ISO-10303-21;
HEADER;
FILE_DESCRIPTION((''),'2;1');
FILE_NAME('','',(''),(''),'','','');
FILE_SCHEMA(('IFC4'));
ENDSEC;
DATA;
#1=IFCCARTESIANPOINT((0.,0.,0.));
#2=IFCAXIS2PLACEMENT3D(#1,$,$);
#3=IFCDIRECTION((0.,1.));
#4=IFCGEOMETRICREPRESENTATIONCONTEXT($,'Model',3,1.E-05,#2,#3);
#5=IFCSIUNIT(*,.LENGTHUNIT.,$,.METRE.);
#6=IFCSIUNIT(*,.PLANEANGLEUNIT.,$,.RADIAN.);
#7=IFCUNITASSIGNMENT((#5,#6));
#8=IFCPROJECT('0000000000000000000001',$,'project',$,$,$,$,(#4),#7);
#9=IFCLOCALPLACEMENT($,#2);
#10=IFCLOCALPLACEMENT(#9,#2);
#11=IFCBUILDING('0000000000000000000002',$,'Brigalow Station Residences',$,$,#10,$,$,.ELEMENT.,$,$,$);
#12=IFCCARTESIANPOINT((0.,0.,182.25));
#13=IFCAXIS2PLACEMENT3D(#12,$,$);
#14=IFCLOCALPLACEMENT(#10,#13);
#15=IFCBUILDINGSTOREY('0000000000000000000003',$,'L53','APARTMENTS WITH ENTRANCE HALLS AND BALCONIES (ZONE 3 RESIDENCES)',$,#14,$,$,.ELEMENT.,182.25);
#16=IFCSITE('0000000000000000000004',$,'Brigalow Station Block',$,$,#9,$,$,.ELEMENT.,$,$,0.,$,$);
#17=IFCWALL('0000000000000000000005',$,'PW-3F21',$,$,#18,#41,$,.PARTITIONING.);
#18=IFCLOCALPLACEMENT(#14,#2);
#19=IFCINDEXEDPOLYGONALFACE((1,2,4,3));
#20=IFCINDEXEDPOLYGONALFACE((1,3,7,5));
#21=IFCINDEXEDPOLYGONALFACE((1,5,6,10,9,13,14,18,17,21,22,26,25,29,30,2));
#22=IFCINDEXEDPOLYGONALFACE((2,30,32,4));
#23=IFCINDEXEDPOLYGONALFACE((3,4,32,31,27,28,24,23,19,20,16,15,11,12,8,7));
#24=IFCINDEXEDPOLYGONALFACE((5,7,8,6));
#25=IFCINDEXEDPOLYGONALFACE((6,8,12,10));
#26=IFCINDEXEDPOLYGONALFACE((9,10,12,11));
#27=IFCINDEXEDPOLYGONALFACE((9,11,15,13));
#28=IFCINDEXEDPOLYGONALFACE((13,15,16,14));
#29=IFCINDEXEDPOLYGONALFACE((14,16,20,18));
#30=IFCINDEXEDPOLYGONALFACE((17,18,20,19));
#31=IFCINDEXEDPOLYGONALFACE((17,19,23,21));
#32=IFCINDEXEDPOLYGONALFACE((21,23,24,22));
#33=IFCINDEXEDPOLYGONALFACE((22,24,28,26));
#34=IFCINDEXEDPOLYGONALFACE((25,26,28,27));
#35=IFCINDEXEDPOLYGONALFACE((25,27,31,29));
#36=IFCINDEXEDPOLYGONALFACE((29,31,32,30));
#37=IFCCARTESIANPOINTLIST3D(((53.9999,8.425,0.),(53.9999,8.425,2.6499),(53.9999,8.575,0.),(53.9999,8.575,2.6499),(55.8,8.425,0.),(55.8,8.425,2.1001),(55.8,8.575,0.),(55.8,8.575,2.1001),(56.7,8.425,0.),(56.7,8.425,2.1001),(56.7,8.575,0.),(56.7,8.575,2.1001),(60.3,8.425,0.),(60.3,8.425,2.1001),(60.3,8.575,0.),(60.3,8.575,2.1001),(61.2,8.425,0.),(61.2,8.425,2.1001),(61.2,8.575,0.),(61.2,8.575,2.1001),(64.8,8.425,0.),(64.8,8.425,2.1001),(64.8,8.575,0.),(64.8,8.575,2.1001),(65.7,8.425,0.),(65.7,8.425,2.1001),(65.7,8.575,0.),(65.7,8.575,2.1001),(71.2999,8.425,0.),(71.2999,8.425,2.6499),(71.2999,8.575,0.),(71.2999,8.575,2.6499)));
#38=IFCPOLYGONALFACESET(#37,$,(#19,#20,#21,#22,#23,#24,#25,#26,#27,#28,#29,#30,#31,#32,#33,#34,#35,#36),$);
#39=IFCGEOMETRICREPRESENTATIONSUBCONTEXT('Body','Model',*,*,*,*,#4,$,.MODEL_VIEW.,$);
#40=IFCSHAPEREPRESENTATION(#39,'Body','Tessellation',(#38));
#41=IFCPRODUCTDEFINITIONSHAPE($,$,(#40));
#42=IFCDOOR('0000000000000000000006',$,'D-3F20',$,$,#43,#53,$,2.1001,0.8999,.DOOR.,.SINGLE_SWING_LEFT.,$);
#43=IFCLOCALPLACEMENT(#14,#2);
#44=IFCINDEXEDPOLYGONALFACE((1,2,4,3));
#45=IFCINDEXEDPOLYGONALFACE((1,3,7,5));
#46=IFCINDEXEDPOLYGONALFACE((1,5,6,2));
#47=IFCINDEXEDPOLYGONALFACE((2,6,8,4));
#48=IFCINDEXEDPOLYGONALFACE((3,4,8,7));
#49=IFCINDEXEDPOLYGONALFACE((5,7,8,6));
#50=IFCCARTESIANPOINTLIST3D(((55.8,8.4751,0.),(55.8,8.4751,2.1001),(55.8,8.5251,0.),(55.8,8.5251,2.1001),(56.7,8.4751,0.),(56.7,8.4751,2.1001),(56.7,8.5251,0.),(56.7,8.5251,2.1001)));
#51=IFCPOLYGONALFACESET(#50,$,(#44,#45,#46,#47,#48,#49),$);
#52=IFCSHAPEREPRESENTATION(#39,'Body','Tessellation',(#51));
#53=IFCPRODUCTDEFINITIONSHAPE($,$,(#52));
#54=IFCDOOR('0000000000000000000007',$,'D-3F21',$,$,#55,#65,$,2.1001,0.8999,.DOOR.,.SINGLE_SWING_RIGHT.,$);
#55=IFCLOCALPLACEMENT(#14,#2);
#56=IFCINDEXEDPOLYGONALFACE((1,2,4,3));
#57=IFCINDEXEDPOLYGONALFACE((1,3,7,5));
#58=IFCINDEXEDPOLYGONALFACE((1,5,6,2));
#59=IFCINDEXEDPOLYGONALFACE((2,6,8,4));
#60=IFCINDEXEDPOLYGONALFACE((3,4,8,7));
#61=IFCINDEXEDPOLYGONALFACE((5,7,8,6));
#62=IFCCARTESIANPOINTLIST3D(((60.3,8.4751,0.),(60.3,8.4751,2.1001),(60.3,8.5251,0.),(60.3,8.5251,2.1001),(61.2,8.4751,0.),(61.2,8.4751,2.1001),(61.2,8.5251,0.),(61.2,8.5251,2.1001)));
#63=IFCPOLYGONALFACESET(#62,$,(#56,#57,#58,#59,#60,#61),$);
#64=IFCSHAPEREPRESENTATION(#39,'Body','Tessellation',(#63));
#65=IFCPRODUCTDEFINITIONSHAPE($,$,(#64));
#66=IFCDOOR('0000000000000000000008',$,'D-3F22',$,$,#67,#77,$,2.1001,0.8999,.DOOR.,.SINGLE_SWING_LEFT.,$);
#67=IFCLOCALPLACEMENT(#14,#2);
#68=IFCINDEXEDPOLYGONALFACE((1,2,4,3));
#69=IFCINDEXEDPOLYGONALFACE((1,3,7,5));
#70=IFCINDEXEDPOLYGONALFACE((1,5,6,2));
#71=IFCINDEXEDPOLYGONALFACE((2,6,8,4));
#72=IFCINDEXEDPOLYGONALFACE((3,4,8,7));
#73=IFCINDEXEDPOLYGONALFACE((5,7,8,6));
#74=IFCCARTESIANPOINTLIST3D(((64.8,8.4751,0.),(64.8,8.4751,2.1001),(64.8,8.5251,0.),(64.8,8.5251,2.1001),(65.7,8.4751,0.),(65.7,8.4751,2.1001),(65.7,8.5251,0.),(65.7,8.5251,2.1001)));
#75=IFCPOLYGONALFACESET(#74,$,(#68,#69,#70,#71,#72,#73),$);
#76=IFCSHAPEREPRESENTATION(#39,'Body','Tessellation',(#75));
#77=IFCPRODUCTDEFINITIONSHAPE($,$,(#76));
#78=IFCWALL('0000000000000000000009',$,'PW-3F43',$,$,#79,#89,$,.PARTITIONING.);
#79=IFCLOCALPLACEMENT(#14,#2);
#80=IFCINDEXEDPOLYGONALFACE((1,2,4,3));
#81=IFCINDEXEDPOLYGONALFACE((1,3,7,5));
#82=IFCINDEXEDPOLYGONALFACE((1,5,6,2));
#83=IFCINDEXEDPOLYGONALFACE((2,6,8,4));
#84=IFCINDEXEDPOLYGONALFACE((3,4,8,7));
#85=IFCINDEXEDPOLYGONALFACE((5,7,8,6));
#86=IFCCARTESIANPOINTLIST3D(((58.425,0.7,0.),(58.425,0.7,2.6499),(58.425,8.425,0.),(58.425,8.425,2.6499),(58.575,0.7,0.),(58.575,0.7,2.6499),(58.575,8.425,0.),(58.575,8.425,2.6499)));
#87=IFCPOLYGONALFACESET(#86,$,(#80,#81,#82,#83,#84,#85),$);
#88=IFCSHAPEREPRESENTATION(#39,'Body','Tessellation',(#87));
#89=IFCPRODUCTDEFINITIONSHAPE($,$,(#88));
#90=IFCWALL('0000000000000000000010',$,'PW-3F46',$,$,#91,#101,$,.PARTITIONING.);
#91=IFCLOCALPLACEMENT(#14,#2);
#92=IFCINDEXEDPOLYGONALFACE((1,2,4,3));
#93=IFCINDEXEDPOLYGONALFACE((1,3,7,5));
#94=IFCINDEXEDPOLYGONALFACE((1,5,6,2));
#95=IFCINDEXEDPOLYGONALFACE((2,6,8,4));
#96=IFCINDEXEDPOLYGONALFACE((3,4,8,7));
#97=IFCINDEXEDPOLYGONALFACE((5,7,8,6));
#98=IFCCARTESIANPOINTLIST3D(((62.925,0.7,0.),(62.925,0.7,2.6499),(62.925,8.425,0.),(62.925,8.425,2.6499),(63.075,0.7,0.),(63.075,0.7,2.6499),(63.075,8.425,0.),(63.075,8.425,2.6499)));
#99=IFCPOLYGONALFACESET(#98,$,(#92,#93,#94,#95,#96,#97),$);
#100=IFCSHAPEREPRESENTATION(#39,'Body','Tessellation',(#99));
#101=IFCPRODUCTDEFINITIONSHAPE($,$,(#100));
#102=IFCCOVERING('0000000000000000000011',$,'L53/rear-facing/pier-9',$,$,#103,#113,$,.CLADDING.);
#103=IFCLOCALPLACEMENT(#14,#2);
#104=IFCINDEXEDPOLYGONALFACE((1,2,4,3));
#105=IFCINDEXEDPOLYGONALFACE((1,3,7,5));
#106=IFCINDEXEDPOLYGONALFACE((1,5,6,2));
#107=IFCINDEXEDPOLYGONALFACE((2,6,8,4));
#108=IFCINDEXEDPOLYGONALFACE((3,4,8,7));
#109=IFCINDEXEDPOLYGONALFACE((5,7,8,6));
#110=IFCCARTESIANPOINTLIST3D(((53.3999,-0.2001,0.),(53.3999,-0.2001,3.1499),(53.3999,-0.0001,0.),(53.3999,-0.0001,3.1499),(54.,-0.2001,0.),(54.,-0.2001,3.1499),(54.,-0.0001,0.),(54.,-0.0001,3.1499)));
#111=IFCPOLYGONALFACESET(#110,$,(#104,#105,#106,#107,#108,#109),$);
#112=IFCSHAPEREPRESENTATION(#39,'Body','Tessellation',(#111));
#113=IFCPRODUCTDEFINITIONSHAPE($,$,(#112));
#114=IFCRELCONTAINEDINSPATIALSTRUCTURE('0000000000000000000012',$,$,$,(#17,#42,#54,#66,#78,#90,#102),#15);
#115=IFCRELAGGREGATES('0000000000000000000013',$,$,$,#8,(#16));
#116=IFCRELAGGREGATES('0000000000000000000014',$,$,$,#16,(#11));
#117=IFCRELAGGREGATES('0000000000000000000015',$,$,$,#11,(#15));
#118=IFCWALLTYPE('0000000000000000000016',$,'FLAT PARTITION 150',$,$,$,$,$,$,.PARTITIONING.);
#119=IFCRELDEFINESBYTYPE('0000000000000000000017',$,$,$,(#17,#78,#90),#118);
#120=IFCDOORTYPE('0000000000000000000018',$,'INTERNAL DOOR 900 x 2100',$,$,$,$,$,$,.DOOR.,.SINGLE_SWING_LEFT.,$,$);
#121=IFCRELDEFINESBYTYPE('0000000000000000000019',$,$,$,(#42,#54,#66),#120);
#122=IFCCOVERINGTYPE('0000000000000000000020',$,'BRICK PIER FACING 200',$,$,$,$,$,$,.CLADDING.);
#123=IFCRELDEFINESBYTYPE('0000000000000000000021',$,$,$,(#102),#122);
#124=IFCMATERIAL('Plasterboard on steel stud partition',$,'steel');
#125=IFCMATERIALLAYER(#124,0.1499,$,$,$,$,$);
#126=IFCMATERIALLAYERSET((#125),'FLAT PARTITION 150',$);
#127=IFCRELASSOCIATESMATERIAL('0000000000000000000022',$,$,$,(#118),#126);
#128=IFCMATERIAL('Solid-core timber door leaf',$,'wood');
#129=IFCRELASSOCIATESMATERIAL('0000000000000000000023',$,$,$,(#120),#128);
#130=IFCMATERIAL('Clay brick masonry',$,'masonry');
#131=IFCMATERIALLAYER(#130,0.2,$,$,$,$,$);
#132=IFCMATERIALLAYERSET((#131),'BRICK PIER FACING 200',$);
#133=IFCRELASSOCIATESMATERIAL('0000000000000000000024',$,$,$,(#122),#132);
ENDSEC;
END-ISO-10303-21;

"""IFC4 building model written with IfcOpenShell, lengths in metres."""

from ifc_helpers import new_model, si_unit, direction, frame, frame_2d, origin, origin_2d, place, context, subcontext, project, spatial, rectangle, extrude, material, layer, layer_set, type_object, element, fill, save


model = new_model("IFC4")

# Units and contexts
model_context = context("Model", 3, precision=1e-05, world=origin(), true_north=direction((0.0, 1.0)))
body_context = subcontext(model_context, "Body", "Model", "MODEL_VIEW")
ifc_project = project(units=[si_unit("LENGTHUNIT", "METRE"), si_unit("PLANEANGLEUNIT", "RADIAN")], contexts=[model_context])

# Site, building, storey
site_placement = place(None, origin())
site = spatial("IfcSite", under=ifc_project, at=site_placement, Name="Brigalow Station Block", CompositionType="ELEMENT", RefElevation=0.0)
building_placement = place(site_placement, origin())
building = spatial("IfcBuilding", under=site, at=building_placement, Name="Brigalow Station Residences", CompositionType="ELEMENT")
storey_placement = place(building_placement, frame((0.0, 0.0, 182.25)))
storey = spatial("IfcBuildingStorey", under=building, at=storey_placement, Name="L53", Description="APARTMENTS WITH ENTRANCE HALLS AND BALCONIES (ZONE 3 RESIDENCES)", CompositionType="ELEMENT", Elevation=182.25)

# Wall, openings, doors
ifc_material_1 = material(Name="Plasterboard on steel stud partition", Category="steel")
ifc_layer_1 = layer(ifc_material_1, 0.1499)
ifc_layer_set_1 = layer_set([ifc_layer_1], Name="FLAT PARTITION 150")
wall_type_1 = type_object("IfcWallType", Name="FLAT PARTITION 150", PredefinedType="PARTITIONING", material=ifc_layer_set_1)
wall_1_placement = place(storey_placement, frame((54.0, 8.5, 0.0), z_axis=(0.0, 0.0, 1.0), x_axis=(1.0, 0.0, 0.0)))
wall_1 = element("IfcWall", 1, at=wall_1_placement, inside=storey, type_object=wall_type_1, Name="PW-3F21", PredefinedType="PARTITIONING", context=body_context, shape_type="SweptSolid", body=[
    extrude(rectangle(XDim=17.3, YDim=0.1499, at=frame_2d((8.6499, 0.0))), origin(), (0.0, 0.0, 1.0), 2.6499),
])
opening_1_placement = place(wall_1_placement, frame((1.8, 0.0, 0.0)))
opening_1 = element("IfcOpeningElement", 2, at=opening_1_placement, cuts=wall_1, PredefinedType="OPENING", context=body_context, shape_type="SweptSolid", body=[
    extrude(rectangle(XDim=0.8999, YDim=2.1001, at=frame_2d((0.45, 1.05))), frame((0.0, 0.085, 0.0), z_axis=(0.0, -1.0, 0.0), x_axis=(1.0, 0.0, 0.0)), (0.0, 0.0, 1.0), 0.1699),
])
opening_2_placement = place(wall_1_placement, frame((6.3, 0.0, 0.0)))
opening_2 = element("IfcOpeningElement", 3, at=opening_2_placement, cuts=wall_1, PredefinedType="OPENING", context=body_context, shape_type="SweptSolid", body=[
    extrude(rectangle(XDim=0.8999, YDim=2.1001, at=frame_2d((0.45, 1.05))), frame((0.0, 0.085, 0.0), z_axis=(0.0, -1.0, 0.0), x_axis=(1.0, 0.0, 0.0)), (0.0, 0.0, 1.0), 0.1699),
])
opening_3_placement = place(wall_1_placement, frame((10.8, 0.0, 0.0)))
opening_3 = element("IfcOpeningElement", 4, at=opening_3_placement, cuts=wall_1, PredefinedType="OPENING", context=body_context, shape_type="SweptSolid", body=[
    extrude(rectangle(XDim=0.8999, YDim=2.1001, at=frame_2d((0.45, 1.05))), frame((0.0, 0.085, 0.0), z_axis=(0.0, -1.0, 0.0), x_axis=(1.0, 0.0, 0.0)), (0.0, 0.0, 1.0), 0.1699),
])
ifc_material_2 = material(Name="Solid-core timber door leaf", Category="wood")
door_type = type_object("IfcDoorType", Name="INTERNAL DOOR 900 x 2100", OperationType="SINGLE_SWING_LEFT", PredefinedType="DOOR", material=ifc_material_2)
door_1_placement = place(opening_1_placement, frame((0.8999, 0.0, 0.0), z_axis=(0.0, 0.0, 1.0), x_axis=(-1.0, 0.0, 0.0)))
door_1 = element("IfcDoor", 5, at=door_1_placement, inside=storey, type_object=door_type, Name="D-3F20", OperationType="SINGLE_SWING_LEFT", OverallHeight=2.1001, OverallWidth=0.8999, PredefinedType="DOOR", context=body_context, shape_type="SweptSolid", body=[
    extrude(rectangle(XDim=0.8999, YDim=2.1001, at=frame_2d((0.45, 1.05))), frame((0.0, 0.0249, 0.0), z_axis=(0.0, -1.0, 0.0), x_axis=(1.0, 0.0, 0.0)), (0.0, 0.0, 1.0), 0.05),
])
fill(opening_1, door_1)
door_2_placement = place(opening_2_placement, frame((0.8999, 0.0, 0.0), z_axis=(0.0, 0.0, 1.0), x_axis=(-1.0, 0.0, 0.0)))
door_2 = element("IfcDoor", 6, at=door_2_placement, inside=storey, type_object=door_type, Name="D-3F21", OperationType="SINGLE_SWING_RIGHT", OverallHeight=2.1001, OverallWidth=0.8999, PredefinedType="DOOR", context=body_context, shape_type="SweptSolid", body=[
    extrude(rectangle(XDim=0.8999, YDim=2.1001, at=frame_2d((0.45, 1.05))), frame((0.0, 0.0249, 0.0), z_axis=(0.0, -1.0, 0.0), x_axis=(1.0, 0.0, 0.0)), (0.0, 0.0, 1.0), 0.05),
])
fill(opening_2, door_2)
door_3_placement = place(opening_3_placement, frame((0.8999, 0.0, 0.0), z_axis=(0.0, 0.0, 1.0), x_axis=(-1.0, 0.0, 0.0)))
door_3 = element("IfcDoor", 7, at=door_3_placement, inside=storey, type_object=door_type, Name="D-3F22", OperationType="SINGLE_SWING_LEFT", OverallHeight=2.1001, OverallWidth=0.8999, PredefinedType="DOOR", context=body_context, shape_type="SweptSolid", body=[
    extrude(rectangle(XDim=0.8999, YDim=2.1001, at=frame_2d((0.45, 1.05))), frame((0.0, 0.0249, 0.0), z_axis=(0.0, -1.0, 0.0), x_axis=(1.0, 0.0, 0.0)), (0.0, 0.0, 1.0), 0.05),
])
fill(opening_3, door_3)

# Walls
for number, where, z_axis, x_axis, name in (
    (8, (58.5, 0.7, 0.0), (0.0, 0.0, 1.0), (0.0, 1.0, 0.0), "PW-3F43"),
    (9, (63.0, 0.7, 0.0), (0.0, 0.0, 1.0), (0.0, 1.0, 0.0), "PW-3F46"),
):
    element("IfcWall", number, at=place(storey_placement, frame(where, z_axis=z_axis, x_axis=x_axis)), inside=storey, type_object=wall_type_1, Name=name, PredefinedType="PARTITIONING", context=body_context, shape_type="SweptSolid", body=[
        extrude(rectangle(XDim=7.7251, YDim=0.1499, at=frame_2d((3.8625, 0.0))), origin(), (0.0, 0.0, 1.0), 2.6499),
    ])

# Covering
ifc_material_3 = material(Name="Clay brick masonry", Category="masonry")
ifc_layer_2 = layer(ifc_material_3, 0.2)
ifc_layer_set_2 = layer_set([ifc_layer_2], Name="BRICK PIER FACING 200")
covering_type = type_object("IfcCoveringType", Name="BRICK PIER FACING 200", PredefinedType="CLADDING", material=ifc_layer_set_2)
covering_placement = place(storey_placement, frame((53.7, -0.1001, 0.0), z_axis=(0.0, 0.0, 1.0), x_axis=(1.0, 0.0, 0.0)))
element("IfcCovering", 10, at=covering_placement, inside=storey, type_object=covering_type, Name="L53/rear-facing/pier-9", PredefinedType="CLADDING", context=body_context, shape_type="SweptSolid", body=[
    extrude(rectangle(XDim=0.6001, YDim=0.2, at=origin_2d()), origin(), (0.0, 0.0, 1.0), 3.1499),
])

save(model, "model.ifc")
